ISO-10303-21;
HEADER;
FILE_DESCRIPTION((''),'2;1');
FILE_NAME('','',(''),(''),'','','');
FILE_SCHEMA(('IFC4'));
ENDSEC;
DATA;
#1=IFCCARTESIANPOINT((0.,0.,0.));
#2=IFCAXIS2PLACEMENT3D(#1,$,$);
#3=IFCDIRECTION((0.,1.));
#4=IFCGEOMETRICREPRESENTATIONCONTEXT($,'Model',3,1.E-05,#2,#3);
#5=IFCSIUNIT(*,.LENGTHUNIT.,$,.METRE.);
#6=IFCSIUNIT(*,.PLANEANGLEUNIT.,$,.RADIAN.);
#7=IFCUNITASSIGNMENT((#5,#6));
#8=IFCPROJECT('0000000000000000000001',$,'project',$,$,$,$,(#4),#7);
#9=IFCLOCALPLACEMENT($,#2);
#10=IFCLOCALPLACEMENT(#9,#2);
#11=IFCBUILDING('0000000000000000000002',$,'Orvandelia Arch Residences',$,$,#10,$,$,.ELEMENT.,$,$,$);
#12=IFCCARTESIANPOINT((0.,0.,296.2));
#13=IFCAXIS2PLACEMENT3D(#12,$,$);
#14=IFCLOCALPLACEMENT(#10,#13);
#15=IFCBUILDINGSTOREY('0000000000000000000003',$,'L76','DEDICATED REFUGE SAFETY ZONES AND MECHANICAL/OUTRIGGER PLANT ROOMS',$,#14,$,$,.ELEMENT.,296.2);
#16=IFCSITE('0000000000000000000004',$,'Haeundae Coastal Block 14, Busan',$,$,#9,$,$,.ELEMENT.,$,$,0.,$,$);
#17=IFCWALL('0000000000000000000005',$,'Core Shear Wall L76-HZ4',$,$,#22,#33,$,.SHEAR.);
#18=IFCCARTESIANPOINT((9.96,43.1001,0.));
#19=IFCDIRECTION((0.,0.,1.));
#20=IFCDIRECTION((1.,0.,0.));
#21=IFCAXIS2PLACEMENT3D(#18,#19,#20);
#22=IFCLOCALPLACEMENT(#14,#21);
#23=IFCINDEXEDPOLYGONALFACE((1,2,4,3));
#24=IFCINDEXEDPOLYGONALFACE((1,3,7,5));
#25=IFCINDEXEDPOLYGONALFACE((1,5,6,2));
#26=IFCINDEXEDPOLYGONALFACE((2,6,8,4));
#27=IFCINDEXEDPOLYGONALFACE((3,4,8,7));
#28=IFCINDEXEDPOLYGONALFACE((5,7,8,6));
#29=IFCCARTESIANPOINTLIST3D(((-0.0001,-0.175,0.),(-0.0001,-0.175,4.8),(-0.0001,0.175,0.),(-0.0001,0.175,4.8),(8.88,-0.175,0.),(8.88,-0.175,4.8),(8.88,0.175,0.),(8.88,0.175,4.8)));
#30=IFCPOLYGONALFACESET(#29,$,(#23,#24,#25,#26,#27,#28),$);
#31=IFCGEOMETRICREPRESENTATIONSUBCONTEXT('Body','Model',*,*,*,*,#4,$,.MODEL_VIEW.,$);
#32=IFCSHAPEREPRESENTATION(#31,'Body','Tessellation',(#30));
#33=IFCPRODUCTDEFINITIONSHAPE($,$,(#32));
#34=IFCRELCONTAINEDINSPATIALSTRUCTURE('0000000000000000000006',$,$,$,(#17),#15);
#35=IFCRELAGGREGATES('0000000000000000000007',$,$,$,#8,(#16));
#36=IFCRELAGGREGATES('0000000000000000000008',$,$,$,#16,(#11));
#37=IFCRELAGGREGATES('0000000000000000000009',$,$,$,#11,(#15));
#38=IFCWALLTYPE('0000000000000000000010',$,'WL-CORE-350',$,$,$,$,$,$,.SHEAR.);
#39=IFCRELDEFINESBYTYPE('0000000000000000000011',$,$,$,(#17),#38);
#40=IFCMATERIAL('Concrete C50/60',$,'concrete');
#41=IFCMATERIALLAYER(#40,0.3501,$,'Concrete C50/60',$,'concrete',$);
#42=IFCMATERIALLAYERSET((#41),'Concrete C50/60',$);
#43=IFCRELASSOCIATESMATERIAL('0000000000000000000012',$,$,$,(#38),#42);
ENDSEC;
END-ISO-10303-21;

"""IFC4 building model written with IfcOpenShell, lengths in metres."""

from ifc_helpers import new_model, si_unit, direction, frame, frame_2d, origin, place, context, subcontext, project, spatial, rectangle, extrude, material, layer, layer_set, type_object, element, save


model = new_model("IFC4")

# Units and contexts
model_context = context("Model", 3, precision=1e-05, world=origin(), true_north=direction((0.0, 1.0)))
body_context = subcontext(model_context, "Body", "Model", "MODEL_VIEW")
ifc_project = project(units=[si_unit("LENGTHUNIT", "METRE"), si_unit("PLANEANGLEUNIT", "RADIAN")], contexts=[model_context])

# Site, building, storey
site_placement = place(None, origin())
site = spatial("IfcSite", under=ifc_project, at=site_placement, Name="Haeundae Coastal Block 14, Busan", CompositionType="ELEMENT", RefElevation=0.0)
building_placement = place(site_placement, origin())
building = spatial("IfcBuilding", under=site, at=building_placement, Name="Orvandelia Arch Residences", CompositionType="ELEMENT")
storey_placement = place(building_placement, frame((0.0, 0.0, 296.2)))
storey = spatial("IfcBuildingStorey", under=building, at=storey_placement, Name="L76", Description="DEDICATED REFUGE SAFETY ZONES AND MECHANICAL/OUTRIGGER PLANT ROOMS", CompositionType="ELEMENT", Elevation=296.2)

# Shared definitions
ifc_material_1 = material(Name="Concrete C50/60", Category="concrete")

# Wall
ifc_layer_1 = layer(ifc_material_1, 0.3501, Name="Concrete C50/60", Category="concrete")
ifc_layer_set_1 = layer_set([ifc_layer_1], Name="Concrete C50/60")
wall_type_1 = type_object("IfcWallType", Name="WL-CORE-350", PredefinedType="SHEAR", material=ifc_layer_set_1)
wall_1_placement = place(storey_placement, frame((9.96, 43.1001, 0.0), z_axis=(0.0, 0.0, 1.0), x_axis=(1.0, 0.0, 0.0)))
element("IfcWall", 1, at=wall_1_placement, inside=storey, type_object=wall_type_1, Name="Core Shear Wall L76-HZ4", PredefinedType="SHEAR", context=body_context, shape_type="SweptSolid", body=[
    extrude(rectangle(XDim=8.8801, YDim=0.3501, at=frame_2d((4.4399, 0.0))), origin(), (0.0, 0.0, 1.0), 4.8),
])

save(model, "model.ifc")
